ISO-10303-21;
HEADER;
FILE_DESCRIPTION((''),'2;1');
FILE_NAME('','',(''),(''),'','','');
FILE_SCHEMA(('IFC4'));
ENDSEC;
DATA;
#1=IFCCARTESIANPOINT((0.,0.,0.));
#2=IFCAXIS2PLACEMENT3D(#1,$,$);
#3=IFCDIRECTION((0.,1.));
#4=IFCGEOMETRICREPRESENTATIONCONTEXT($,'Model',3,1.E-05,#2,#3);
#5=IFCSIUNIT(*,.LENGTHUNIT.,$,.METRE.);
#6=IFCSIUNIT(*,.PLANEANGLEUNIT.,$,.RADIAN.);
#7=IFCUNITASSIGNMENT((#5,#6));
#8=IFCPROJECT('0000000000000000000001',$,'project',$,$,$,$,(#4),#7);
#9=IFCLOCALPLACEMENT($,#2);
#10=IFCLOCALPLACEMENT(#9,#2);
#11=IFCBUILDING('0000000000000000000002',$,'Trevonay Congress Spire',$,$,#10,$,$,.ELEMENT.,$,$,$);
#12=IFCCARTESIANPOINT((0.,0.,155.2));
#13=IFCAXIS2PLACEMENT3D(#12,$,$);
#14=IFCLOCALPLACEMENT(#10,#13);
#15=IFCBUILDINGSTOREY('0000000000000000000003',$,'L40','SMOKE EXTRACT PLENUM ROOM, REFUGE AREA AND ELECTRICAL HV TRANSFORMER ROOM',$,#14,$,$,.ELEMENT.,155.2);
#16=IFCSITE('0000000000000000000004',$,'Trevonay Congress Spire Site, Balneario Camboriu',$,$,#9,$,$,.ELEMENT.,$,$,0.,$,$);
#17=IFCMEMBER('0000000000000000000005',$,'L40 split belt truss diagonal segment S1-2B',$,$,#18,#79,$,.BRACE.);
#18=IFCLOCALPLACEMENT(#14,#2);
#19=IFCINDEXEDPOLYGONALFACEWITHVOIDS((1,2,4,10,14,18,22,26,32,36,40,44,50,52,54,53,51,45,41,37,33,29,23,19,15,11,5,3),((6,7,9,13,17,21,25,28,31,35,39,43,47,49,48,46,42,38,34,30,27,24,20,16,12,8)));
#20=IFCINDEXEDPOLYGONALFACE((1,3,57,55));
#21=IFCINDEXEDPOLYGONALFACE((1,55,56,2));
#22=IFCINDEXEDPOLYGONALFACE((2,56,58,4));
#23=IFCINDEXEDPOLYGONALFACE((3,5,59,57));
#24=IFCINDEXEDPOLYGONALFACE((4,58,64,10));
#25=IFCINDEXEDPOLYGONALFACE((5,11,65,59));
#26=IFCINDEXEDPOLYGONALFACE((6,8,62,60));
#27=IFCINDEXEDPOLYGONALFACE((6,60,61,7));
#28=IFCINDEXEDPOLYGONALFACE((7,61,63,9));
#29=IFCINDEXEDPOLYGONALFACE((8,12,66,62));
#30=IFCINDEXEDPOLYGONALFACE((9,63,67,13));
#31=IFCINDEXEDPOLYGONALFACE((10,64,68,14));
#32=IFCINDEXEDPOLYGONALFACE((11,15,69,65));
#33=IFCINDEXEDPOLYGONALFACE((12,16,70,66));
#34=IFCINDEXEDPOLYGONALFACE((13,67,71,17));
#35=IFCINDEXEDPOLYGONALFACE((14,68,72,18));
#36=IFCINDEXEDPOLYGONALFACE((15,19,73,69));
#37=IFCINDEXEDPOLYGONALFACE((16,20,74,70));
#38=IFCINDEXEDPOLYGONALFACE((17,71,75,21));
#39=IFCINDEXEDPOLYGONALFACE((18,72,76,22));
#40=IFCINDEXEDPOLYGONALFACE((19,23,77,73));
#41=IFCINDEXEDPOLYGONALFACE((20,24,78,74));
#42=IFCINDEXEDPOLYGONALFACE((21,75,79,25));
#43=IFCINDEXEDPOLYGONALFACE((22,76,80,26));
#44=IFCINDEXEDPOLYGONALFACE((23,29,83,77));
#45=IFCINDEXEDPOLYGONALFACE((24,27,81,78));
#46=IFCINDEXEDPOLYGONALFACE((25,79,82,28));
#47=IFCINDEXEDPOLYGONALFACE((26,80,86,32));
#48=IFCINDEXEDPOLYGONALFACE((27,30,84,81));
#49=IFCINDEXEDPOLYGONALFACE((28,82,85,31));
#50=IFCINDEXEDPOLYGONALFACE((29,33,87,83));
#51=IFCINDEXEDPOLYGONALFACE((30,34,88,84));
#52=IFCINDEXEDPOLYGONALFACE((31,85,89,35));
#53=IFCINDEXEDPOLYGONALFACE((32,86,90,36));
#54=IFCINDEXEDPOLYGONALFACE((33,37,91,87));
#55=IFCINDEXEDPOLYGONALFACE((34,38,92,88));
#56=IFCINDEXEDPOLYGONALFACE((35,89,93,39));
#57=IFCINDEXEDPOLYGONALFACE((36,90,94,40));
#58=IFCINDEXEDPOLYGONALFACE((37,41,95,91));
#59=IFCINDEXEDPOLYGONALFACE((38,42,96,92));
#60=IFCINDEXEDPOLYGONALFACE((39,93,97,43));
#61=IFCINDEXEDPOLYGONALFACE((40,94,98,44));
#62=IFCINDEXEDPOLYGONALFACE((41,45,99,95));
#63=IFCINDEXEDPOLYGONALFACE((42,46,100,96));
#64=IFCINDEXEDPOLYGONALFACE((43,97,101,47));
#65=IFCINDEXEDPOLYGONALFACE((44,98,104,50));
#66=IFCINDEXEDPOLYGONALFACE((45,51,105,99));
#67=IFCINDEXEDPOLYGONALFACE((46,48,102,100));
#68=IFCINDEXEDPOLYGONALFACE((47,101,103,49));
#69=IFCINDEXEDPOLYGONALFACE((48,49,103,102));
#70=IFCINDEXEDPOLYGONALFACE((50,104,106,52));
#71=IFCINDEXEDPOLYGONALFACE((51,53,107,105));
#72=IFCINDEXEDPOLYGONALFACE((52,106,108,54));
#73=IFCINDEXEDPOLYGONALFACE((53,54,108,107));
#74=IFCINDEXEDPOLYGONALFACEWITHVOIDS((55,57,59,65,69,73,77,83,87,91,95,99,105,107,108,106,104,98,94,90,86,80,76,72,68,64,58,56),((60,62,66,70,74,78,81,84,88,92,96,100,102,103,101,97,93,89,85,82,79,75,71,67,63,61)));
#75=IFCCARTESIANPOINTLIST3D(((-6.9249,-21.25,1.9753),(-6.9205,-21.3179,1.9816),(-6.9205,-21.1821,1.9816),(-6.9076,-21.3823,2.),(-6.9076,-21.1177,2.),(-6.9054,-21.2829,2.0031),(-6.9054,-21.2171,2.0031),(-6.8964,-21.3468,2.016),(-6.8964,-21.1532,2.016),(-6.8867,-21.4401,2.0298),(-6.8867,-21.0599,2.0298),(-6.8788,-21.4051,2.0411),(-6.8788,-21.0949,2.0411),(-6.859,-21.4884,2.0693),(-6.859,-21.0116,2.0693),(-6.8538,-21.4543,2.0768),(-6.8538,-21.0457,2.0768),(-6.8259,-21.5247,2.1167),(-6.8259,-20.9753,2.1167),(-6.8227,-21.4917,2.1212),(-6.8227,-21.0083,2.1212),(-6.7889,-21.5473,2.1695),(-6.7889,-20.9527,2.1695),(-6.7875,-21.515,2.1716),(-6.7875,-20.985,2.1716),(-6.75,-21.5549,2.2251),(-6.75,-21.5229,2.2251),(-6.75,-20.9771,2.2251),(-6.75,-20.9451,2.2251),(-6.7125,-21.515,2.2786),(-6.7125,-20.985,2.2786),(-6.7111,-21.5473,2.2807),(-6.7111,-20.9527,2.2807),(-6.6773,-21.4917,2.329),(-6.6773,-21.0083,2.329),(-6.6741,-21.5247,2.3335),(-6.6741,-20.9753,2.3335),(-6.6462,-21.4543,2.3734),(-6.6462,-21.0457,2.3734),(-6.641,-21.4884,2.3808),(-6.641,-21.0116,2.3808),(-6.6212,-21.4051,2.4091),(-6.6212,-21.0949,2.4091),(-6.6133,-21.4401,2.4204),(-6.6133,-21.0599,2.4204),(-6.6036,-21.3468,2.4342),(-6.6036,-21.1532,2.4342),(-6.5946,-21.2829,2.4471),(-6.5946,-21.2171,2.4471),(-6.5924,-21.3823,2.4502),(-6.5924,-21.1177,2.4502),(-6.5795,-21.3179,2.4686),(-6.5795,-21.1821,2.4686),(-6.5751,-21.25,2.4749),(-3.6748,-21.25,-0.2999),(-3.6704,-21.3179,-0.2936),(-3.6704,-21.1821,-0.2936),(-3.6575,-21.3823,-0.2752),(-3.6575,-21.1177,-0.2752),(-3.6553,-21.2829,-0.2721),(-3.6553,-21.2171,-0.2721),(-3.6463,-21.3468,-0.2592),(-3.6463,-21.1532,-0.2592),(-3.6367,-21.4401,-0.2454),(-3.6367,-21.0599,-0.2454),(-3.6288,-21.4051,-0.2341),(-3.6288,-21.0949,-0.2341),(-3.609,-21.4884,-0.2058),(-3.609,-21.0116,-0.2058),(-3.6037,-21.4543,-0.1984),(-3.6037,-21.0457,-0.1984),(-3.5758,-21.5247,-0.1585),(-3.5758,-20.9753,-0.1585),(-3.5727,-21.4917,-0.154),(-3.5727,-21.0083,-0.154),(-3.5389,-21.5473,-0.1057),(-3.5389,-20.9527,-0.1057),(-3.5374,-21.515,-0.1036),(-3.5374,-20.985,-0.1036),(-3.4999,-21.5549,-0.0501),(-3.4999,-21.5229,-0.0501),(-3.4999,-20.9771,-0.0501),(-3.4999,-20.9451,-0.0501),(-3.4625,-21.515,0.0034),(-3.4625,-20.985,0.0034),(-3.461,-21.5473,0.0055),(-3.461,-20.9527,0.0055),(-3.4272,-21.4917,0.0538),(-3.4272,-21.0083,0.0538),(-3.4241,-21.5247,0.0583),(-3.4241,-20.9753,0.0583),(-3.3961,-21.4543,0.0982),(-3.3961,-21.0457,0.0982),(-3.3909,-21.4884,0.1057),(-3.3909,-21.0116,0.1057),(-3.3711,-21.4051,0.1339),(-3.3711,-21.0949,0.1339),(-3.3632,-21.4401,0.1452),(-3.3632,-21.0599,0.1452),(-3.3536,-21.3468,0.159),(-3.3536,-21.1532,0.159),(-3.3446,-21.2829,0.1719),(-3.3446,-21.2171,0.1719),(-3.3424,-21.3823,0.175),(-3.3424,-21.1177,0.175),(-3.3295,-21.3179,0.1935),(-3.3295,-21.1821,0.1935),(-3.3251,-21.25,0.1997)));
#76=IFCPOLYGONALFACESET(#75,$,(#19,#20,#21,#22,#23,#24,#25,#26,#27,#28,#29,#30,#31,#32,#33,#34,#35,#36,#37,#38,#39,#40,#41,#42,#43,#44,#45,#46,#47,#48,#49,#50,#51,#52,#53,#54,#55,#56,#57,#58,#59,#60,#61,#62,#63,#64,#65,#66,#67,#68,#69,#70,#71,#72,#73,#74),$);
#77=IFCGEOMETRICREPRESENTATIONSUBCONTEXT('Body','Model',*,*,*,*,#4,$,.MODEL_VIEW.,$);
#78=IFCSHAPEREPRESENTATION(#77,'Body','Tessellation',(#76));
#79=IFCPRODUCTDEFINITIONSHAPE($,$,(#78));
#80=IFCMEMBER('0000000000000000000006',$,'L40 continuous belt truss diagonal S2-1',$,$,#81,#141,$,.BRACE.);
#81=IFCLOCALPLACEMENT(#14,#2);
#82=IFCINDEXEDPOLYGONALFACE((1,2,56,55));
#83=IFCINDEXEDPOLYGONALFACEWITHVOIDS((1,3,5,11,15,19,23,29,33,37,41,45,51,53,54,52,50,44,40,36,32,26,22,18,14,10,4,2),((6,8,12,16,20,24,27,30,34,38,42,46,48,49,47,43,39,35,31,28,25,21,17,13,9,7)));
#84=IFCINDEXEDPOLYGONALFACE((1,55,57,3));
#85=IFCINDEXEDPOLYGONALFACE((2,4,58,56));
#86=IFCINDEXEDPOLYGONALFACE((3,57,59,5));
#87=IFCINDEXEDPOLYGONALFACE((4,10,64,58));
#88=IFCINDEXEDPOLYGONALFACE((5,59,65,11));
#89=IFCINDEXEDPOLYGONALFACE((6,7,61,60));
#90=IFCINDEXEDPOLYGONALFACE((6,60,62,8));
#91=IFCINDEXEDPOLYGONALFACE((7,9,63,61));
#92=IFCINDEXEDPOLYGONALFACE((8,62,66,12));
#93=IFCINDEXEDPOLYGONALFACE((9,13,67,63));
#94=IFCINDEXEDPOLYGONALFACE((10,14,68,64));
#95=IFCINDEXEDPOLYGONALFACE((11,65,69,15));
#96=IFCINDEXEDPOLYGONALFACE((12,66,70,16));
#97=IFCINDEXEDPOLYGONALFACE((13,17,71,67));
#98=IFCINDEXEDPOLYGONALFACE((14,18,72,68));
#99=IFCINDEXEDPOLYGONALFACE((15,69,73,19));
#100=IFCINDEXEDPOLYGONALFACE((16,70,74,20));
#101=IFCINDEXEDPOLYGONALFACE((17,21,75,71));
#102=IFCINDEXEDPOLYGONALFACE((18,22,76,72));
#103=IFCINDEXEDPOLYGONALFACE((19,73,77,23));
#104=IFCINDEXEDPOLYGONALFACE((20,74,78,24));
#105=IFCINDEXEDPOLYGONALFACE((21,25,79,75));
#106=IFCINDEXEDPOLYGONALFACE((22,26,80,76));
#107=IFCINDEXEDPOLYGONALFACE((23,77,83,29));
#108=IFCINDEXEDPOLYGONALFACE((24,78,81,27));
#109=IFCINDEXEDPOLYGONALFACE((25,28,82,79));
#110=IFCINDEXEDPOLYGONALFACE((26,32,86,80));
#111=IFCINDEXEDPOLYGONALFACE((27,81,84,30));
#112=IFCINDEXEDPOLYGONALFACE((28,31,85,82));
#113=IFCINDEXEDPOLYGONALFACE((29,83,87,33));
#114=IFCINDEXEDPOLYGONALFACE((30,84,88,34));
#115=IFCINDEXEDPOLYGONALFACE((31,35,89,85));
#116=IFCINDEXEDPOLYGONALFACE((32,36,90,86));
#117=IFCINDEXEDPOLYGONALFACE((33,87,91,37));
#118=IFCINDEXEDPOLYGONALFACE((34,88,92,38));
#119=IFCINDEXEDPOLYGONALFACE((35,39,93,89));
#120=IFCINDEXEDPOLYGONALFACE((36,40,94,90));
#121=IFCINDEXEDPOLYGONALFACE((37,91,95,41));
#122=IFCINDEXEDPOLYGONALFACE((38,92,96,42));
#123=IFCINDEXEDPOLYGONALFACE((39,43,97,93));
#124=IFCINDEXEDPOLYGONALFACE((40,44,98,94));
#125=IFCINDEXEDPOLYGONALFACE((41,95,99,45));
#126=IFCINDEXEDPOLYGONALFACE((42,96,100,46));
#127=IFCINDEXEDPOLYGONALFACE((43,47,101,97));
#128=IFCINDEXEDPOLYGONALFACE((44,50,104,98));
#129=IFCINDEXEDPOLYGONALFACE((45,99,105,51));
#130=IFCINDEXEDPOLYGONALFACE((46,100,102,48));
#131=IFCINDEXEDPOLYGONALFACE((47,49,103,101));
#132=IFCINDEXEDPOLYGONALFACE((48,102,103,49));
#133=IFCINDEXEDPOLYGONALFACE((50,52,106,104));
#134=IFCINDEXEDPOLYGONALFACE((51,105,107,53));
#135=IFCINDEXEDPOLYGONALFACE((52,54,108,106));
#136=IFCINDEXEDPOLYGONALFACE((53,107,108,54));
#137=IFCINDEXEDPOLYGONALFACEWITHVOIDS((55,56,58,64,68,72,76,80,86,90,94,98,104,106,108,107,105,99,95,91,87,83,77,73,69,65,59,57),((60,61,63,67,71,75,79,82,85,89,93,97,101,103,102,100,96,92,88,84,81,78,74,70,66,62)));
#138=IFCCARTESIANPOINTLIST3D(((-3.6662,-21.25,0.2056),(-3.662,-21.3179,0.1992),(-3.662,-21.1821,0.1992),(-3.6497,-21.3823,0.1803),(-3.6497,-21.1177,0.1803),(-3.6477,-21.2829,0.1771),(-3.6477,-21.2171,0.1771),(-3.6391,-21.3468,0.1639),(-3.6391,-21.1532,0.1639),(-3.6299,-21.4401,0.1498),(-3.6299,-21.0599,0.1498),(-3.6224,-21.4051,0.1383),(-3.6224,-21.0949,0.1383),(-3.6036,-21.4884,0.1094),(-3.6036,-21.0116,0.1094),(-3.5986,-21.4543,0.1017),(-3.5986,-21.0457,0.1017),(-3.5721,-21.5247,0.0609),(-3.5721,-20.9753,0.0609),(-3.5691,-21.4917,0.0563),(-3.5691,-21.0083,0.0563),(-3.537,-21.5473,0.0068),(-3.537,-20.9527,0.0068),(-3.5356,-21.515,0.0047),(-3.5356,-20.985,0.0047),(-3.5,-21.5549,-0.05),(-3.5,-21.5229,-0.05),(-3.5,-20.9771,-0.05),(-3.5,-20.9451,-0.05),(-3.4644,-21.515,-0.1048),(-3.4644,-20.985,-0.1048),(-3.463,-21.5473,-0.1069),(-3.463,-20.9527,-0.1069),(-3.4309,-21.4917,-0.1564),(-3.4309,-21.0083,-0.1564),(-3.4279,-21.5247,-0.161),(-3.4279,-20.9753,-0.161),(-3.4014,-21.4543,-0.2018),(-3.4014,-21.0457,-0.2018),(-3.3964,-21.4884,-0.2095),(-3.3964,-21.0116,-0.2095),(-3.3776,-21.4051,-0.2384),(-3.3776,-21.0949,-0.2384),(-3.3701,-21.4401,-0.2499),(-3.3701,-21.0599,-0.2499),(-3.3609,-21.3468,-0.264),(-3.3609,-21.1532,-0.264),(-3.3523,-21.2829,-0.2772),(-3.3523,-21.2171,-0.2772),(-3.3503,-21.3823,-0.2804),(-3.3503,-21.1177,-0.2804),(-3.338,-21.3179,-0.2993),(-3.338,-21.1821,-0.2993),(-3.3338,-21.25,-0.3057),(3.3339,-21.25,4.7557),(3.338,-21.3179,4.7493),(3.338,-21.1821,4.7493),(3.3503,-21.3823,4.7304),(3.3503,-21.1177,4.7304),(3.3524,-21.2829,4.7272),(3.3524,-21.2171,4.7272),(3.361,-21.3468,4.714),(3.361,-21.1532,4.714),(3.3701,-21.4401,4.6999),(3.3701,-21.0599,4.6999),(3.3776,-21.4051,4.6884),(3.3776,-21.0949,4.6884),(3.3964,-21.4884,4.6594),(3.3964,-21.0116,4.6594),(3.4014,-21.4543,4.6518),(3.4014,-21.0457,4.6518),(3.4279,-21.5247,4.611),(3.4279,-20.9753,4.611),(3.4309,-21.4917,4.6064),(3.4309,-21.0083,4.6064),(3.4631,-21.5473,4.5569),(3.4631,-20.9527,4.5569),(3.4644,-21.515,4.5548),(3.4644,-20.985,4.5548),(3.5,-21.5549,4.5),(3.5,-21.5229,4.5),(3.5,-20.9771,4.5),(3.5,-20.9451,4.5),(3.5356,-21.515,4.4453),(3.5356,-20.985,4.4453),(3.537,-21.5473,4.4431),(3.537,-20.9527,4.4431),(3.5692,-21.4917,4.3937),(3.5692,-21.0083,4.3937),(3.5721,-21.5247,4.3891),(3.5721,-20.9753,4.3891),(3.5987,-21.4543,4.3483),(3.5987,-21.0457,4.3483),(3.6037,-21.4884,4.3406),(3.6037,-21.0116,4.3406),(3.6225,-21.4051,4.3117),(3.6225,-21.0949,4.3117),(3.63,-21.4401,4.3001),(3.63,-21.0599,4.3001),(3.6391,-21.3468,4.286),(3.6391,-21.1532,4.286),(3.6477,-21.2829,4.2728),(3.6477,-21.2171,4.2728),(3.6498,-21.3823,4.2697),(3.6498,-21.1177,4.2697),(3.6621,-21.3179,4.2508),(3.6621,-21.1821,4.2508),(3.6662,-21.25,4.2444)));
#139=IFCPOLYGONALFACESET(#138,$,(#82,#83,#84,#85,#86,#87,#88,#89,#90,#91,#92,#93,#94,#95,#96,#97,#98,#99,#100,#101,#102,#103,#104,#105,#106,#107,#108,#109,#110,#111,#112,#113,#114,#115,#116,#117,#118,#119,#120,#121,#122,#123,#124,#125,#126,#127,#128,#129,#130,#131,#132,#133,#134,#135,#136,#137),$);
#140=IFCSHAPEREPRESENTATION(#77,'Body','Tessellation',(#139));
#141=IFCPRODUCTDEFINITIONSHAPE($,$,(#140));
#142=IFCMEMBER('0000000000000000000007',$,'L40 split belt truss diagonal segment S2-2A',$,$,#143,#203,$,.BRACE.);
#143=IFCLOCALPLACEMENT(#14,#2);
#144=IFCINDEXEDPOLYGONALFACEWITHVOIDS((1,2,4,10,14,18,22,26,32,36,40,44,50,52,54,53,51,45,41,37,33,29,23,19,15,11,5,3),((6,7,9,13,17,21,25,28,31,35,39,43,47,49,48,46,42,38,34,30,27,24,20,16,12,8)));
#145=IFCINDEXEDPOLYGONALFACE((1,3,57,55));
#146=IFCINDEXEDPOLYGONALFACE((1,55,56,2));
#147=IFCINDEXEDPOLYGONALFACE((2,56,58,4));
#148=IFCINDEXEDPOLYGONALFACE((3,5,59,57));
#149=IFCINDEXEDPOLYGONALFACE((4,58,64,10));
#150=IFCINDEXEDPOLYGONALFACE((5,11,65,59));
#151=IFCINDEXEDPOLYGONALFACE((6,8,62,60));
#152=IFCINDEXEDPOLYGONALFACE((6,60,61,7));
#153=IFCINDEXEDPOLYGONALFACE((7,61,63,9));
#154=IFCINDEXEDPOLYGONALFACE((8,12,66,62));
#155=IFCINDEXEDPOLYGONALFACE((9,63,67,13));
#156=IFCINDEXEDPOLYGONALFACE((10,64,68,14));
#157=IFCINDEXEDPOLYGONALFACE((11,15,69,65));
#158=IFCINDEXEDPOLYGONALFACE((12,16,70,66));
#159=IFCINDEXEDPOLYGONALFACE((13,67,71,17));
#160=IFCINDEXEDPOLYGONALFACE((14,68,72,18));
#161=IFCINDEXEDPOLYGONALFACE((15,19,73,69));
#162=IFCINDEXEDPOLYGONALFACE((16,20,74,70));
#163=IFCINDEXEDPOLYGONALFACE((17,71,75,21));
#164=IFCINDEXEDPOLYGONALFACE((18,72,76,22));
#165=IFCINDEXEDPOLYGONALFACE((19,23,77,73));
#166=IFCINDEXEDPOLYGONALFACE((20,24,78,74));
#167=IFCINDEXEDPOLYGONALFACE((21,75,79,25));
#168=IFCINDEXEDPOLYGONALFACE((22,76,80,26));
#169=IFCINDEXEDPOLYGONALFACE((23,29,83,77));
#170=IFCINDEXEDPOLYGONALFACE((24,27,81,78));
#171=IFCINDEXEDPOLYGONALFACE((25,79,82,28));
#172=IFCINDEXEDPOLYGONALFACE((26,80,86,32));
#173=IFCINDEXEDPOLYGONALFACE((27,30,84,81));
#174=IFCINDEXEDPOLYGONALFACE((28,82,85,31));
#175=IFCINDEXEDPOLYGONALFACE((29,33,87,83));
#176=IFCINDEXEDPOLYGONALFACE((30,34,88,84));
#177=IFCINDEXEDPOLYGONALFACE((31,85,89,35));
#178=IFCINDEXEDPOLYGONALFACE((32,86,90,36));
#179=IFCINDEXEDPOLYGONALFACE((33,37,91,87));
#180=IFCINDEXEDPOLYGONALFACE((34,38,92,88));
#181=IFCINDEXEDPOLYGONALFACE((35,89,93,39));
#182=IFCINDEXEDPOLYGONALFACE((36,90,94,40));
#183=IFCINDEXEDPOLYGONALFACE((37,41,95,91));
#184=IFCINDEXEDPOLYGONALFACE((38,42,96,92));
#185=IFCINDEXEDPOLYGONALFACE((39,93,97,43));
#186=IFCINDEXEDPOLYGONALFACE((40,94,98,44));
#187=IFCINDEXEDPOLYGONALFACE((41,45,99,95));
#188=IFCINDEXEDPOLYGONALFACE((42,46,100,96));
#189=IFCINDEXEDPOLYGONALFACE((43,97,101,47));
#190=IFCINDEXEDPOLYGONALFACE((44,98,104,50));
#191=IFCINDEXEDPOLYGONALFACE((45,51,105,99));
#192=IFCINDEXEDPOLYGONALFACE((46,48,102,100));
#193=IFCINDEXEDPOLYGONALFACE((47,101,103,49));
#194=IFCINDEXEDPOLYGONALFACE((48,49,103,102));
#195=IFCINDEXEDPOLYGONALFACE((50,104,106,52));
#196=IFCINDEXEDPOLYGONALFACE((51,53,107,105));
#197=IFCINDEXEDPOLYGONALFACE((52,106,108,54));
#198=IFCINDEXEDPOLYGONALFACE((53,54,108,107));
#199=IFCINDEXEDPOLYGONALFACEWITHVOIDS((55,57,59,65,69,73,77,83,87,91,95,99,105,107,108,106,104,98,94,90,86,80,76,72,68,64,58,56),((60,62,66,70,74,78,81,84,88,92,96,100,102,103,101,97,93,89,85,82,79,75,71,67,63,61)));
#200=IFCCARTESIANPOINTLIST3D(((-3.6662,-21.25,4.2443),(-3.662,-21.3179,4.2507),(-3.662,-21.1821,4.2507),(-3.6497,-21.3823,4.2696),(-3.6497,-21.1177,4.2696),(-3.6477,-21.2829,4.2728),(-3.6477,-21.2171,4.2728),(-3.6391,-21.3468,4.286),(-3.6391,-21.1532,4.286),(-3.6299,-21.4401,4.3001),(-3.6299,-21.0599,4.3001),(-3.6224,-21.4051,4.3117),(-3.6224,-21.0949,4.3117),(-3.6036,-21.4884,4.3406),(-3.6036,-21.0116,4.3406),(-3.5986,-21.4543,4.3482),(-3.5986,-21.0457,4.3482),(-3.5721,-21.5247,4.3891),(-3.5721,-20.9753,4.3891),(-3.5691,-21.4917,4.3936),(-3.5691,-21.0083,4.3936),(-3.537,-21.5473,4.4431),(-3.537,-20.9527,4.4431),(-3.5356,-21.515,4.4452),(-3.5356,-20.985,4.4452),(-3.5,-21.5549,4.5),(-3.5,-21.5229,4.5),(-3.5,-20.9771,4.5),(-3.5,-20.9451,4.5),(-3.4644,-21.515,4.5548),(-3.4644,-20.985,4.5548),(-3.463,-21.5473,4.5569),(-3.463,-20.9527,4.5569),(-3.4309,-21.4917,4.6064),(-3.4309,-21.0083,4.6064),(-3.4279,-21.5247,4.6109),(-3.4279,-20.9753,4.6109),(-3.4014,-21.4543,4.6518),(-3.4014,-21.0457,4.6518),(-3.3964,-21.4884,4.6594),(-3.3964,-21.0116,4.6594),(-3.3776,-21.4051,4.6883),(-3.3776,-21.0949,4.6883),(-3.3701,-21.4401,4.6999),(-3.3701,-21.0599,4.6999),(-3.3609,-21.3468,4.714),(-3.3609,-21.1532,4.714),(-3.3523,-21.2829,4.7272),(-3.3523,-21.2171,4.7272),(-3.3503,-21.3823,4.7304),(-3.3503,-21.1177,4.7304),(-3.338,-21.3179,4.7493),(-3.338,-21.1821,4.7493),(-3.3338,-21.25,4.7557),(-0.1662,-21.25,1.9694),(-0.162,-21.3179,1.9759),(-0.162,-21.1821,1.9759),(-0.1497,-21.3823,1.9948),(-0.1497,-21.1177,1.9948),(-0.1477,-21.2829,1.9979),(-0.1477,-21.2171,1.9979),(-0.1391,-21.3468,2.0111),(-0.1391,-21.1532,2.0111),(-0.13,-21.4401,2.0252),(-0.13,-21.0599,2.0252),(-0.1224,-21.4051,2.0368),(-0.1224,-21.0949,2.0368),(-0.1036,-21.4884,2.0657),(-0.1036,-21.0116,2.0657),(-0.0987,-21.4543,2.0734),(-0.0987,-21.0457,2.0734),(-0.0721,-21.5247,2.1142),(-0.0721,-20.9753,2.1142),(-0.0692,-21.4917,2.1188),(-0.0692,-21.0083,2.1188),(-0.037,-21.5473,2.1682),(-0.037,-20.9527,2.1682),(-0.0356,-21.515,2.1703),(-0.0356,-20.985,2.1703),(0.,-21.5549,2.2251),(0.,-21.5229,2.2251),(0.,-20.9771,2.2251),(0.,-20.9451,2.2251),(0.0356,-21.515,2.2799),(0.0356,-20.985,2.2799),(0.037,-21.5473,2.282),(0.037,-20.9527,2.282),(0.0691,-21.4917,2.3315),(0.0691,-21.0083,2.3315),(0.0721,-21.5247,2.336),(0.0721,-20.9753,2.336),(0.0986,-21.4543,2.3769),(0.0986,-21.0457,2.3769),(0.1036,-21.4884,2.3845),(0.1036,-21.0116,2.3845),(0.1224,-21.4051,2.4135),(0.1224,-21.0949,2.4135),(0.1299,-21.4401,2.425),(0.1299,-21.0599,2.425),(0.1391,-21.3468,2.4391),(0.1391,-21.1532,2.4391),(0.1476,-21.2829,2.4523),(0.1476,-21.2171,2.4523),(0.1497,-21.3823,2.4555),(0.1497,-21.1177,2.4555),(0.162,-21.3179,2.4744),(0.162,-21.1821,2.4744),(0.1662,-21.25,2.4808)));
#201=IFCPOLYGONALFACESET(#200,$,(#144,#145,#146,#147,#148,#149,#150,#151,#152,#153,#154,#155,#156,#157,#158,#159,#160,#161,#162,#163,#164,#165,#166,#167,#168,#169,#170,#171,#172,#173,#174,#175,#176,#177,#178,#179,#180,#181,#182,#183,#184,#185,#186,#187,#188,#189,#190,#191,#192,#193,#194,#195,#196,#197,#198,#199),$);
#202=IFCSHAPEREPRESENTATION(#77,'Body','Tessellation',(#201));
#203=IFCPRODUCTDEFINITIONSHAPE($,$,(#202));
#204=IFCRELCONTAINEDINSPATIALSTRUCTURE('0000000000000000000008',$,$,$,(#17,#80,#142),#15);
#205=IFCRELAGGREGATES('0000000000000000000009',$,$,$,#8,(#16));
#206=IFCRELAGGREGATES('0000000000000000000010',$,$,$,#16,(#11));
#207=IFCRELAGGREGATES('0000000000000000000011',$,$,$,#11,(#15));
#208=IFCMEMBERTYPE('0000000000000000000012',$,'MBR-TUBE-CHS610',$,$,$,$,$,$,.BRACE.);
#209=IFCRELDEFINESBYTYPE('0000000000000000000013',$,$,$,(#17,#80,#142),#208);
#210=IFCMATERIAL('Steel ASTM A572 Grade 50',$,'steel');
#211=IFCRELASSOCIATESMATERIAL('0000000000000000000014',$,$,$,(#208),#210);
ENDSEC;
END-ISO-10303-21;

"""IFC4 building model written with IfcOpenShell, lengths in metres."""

from ifc_helpers import new_model, si_unit, direction, frame, origin, origin_2d, place, context, subcontext, project, spatial, hollow_circle, extrude, material, material_profile, profile_set, type_object, element, save


model = new_model("IFC4")

# Units and contexts
model_context = context("Model", 3, precision=1e-05, world=origin(), true_north=direction((0.0, 1.0)))
body_context = subcontext(model_context, "Body", "Model", "MODEL_VIEW")
ifc_project = project(units=[si_unit("LENGTHUNIT", "METRE"), si_unit("PLANEANGLEUNIT", "RADIAN")], contexts=[model_context])

# Site, building, storey
site_placement = place(None, origin())
site = spatial("IfcSite", under=ifc_project, at=site_placement, Name="Trevonay Congress Spire Site, Balneario Camboriu", CompositionType="ELEMENT", RefElevation=0.0)
building_placement = place(site_placement, origin())
building = spatial("IfcBuilding", under=site, at=building_placement, Name="Trevonay Congress Spire", CompositionType="ELEMENT")
storey_placement = place(building_placement, frame((0.0, 0.0, 155.2)))
storey = spatial("IfcBuildingStorey", under=building, at=storey_placement, Name="L40", Description="SMOKE EXTRACT PLENUM ROOM, REFUGE AREA AND ELECTRICAL HV TRANSFORMER ROOM", CompositionType="ELEMENT", Elevation=155.2)

# Shared definitions
ifc_material_1 = material(Name="Steel ASTM A572 Grade 50", Category="steel")

# Members
ifc_material_profile_1 = material_profile(ifc_material_1, hollow_circle(Radius=0.3049, WallThickness=0.032, at=origin_2d()), Name="CHS 610x32")
ifc_profile_set_1 = profile_set([ifc_material_profile_1], Name="Steel ASTM A572 Grade 50")
member_type_1 = type_object("IfcMemberType", Name="MBR-TUBE-CHS610", PredefinedType="BRACE", material=ifc_profile_set_1)
member_1_placement = place(storey_placement, frame((-6.75, -21.25, 2.2251), z_axis=(0.819215, 0.0, -0.573487), x_axis=(0.0, 1.0, 0.0)))
element("IfcMember", 1, at=member_1_placement, inside=storey, type_object=member_type_1, Name="L40 split belt truss diagonal segment S1-2B", PredefinedType="BRACE", context=body_context, shape_type="SweptSolid", body=[
    extrude(hollow_circle(Radius=0.3049, WallThickness=0.032, at=origin_2d()), origin(), (0.0, 0.0, 1.0), 3.9673),
])
member_2_placement = place(storey_placement, frame((-3.5, -21.25, -0.05), z_axis=(0.838441, 0.0, 0.544992), x_axis=(0.0, 1.0, 0.0)))
element("IfcMember", 2, at=member_2_placement, inside=storey, type_object=member_type_1, Name="L40 continuous belt truss diagonal S2-1", PredefinedType="BRACE", context=body_context, shape_type="SweptSolid", body=[
    extrude(hollow_circle(Radius=0.3049, WallThickness=0.032, at=origin_2d()), origin(), (0.0, 0.0, 1.0), 8.3489),
])
member_3_placement = place(storey_placement, frame((-3.5, -21.25, 4.5), z_axis=(0.838454, 0.0, -0.544972), x_axis=(0.0, 1.0, 0.0)))
element("IfcMember", 3, at=member_3_placement, inside=storey, type_object=member_type_1, Name="L40 split belt truss diagonal segment S2-2A", PredefinedType="BRACE", context=body_context, shape_type="SweptSolid", body=[
    extrude(hollow_circle(Radius=0.3049, WallThickness=0.032, at=origin_2d()), origin(), (0.0, 0.0, 1.0), 4.1743),
])

save(model, "model.ifc")
